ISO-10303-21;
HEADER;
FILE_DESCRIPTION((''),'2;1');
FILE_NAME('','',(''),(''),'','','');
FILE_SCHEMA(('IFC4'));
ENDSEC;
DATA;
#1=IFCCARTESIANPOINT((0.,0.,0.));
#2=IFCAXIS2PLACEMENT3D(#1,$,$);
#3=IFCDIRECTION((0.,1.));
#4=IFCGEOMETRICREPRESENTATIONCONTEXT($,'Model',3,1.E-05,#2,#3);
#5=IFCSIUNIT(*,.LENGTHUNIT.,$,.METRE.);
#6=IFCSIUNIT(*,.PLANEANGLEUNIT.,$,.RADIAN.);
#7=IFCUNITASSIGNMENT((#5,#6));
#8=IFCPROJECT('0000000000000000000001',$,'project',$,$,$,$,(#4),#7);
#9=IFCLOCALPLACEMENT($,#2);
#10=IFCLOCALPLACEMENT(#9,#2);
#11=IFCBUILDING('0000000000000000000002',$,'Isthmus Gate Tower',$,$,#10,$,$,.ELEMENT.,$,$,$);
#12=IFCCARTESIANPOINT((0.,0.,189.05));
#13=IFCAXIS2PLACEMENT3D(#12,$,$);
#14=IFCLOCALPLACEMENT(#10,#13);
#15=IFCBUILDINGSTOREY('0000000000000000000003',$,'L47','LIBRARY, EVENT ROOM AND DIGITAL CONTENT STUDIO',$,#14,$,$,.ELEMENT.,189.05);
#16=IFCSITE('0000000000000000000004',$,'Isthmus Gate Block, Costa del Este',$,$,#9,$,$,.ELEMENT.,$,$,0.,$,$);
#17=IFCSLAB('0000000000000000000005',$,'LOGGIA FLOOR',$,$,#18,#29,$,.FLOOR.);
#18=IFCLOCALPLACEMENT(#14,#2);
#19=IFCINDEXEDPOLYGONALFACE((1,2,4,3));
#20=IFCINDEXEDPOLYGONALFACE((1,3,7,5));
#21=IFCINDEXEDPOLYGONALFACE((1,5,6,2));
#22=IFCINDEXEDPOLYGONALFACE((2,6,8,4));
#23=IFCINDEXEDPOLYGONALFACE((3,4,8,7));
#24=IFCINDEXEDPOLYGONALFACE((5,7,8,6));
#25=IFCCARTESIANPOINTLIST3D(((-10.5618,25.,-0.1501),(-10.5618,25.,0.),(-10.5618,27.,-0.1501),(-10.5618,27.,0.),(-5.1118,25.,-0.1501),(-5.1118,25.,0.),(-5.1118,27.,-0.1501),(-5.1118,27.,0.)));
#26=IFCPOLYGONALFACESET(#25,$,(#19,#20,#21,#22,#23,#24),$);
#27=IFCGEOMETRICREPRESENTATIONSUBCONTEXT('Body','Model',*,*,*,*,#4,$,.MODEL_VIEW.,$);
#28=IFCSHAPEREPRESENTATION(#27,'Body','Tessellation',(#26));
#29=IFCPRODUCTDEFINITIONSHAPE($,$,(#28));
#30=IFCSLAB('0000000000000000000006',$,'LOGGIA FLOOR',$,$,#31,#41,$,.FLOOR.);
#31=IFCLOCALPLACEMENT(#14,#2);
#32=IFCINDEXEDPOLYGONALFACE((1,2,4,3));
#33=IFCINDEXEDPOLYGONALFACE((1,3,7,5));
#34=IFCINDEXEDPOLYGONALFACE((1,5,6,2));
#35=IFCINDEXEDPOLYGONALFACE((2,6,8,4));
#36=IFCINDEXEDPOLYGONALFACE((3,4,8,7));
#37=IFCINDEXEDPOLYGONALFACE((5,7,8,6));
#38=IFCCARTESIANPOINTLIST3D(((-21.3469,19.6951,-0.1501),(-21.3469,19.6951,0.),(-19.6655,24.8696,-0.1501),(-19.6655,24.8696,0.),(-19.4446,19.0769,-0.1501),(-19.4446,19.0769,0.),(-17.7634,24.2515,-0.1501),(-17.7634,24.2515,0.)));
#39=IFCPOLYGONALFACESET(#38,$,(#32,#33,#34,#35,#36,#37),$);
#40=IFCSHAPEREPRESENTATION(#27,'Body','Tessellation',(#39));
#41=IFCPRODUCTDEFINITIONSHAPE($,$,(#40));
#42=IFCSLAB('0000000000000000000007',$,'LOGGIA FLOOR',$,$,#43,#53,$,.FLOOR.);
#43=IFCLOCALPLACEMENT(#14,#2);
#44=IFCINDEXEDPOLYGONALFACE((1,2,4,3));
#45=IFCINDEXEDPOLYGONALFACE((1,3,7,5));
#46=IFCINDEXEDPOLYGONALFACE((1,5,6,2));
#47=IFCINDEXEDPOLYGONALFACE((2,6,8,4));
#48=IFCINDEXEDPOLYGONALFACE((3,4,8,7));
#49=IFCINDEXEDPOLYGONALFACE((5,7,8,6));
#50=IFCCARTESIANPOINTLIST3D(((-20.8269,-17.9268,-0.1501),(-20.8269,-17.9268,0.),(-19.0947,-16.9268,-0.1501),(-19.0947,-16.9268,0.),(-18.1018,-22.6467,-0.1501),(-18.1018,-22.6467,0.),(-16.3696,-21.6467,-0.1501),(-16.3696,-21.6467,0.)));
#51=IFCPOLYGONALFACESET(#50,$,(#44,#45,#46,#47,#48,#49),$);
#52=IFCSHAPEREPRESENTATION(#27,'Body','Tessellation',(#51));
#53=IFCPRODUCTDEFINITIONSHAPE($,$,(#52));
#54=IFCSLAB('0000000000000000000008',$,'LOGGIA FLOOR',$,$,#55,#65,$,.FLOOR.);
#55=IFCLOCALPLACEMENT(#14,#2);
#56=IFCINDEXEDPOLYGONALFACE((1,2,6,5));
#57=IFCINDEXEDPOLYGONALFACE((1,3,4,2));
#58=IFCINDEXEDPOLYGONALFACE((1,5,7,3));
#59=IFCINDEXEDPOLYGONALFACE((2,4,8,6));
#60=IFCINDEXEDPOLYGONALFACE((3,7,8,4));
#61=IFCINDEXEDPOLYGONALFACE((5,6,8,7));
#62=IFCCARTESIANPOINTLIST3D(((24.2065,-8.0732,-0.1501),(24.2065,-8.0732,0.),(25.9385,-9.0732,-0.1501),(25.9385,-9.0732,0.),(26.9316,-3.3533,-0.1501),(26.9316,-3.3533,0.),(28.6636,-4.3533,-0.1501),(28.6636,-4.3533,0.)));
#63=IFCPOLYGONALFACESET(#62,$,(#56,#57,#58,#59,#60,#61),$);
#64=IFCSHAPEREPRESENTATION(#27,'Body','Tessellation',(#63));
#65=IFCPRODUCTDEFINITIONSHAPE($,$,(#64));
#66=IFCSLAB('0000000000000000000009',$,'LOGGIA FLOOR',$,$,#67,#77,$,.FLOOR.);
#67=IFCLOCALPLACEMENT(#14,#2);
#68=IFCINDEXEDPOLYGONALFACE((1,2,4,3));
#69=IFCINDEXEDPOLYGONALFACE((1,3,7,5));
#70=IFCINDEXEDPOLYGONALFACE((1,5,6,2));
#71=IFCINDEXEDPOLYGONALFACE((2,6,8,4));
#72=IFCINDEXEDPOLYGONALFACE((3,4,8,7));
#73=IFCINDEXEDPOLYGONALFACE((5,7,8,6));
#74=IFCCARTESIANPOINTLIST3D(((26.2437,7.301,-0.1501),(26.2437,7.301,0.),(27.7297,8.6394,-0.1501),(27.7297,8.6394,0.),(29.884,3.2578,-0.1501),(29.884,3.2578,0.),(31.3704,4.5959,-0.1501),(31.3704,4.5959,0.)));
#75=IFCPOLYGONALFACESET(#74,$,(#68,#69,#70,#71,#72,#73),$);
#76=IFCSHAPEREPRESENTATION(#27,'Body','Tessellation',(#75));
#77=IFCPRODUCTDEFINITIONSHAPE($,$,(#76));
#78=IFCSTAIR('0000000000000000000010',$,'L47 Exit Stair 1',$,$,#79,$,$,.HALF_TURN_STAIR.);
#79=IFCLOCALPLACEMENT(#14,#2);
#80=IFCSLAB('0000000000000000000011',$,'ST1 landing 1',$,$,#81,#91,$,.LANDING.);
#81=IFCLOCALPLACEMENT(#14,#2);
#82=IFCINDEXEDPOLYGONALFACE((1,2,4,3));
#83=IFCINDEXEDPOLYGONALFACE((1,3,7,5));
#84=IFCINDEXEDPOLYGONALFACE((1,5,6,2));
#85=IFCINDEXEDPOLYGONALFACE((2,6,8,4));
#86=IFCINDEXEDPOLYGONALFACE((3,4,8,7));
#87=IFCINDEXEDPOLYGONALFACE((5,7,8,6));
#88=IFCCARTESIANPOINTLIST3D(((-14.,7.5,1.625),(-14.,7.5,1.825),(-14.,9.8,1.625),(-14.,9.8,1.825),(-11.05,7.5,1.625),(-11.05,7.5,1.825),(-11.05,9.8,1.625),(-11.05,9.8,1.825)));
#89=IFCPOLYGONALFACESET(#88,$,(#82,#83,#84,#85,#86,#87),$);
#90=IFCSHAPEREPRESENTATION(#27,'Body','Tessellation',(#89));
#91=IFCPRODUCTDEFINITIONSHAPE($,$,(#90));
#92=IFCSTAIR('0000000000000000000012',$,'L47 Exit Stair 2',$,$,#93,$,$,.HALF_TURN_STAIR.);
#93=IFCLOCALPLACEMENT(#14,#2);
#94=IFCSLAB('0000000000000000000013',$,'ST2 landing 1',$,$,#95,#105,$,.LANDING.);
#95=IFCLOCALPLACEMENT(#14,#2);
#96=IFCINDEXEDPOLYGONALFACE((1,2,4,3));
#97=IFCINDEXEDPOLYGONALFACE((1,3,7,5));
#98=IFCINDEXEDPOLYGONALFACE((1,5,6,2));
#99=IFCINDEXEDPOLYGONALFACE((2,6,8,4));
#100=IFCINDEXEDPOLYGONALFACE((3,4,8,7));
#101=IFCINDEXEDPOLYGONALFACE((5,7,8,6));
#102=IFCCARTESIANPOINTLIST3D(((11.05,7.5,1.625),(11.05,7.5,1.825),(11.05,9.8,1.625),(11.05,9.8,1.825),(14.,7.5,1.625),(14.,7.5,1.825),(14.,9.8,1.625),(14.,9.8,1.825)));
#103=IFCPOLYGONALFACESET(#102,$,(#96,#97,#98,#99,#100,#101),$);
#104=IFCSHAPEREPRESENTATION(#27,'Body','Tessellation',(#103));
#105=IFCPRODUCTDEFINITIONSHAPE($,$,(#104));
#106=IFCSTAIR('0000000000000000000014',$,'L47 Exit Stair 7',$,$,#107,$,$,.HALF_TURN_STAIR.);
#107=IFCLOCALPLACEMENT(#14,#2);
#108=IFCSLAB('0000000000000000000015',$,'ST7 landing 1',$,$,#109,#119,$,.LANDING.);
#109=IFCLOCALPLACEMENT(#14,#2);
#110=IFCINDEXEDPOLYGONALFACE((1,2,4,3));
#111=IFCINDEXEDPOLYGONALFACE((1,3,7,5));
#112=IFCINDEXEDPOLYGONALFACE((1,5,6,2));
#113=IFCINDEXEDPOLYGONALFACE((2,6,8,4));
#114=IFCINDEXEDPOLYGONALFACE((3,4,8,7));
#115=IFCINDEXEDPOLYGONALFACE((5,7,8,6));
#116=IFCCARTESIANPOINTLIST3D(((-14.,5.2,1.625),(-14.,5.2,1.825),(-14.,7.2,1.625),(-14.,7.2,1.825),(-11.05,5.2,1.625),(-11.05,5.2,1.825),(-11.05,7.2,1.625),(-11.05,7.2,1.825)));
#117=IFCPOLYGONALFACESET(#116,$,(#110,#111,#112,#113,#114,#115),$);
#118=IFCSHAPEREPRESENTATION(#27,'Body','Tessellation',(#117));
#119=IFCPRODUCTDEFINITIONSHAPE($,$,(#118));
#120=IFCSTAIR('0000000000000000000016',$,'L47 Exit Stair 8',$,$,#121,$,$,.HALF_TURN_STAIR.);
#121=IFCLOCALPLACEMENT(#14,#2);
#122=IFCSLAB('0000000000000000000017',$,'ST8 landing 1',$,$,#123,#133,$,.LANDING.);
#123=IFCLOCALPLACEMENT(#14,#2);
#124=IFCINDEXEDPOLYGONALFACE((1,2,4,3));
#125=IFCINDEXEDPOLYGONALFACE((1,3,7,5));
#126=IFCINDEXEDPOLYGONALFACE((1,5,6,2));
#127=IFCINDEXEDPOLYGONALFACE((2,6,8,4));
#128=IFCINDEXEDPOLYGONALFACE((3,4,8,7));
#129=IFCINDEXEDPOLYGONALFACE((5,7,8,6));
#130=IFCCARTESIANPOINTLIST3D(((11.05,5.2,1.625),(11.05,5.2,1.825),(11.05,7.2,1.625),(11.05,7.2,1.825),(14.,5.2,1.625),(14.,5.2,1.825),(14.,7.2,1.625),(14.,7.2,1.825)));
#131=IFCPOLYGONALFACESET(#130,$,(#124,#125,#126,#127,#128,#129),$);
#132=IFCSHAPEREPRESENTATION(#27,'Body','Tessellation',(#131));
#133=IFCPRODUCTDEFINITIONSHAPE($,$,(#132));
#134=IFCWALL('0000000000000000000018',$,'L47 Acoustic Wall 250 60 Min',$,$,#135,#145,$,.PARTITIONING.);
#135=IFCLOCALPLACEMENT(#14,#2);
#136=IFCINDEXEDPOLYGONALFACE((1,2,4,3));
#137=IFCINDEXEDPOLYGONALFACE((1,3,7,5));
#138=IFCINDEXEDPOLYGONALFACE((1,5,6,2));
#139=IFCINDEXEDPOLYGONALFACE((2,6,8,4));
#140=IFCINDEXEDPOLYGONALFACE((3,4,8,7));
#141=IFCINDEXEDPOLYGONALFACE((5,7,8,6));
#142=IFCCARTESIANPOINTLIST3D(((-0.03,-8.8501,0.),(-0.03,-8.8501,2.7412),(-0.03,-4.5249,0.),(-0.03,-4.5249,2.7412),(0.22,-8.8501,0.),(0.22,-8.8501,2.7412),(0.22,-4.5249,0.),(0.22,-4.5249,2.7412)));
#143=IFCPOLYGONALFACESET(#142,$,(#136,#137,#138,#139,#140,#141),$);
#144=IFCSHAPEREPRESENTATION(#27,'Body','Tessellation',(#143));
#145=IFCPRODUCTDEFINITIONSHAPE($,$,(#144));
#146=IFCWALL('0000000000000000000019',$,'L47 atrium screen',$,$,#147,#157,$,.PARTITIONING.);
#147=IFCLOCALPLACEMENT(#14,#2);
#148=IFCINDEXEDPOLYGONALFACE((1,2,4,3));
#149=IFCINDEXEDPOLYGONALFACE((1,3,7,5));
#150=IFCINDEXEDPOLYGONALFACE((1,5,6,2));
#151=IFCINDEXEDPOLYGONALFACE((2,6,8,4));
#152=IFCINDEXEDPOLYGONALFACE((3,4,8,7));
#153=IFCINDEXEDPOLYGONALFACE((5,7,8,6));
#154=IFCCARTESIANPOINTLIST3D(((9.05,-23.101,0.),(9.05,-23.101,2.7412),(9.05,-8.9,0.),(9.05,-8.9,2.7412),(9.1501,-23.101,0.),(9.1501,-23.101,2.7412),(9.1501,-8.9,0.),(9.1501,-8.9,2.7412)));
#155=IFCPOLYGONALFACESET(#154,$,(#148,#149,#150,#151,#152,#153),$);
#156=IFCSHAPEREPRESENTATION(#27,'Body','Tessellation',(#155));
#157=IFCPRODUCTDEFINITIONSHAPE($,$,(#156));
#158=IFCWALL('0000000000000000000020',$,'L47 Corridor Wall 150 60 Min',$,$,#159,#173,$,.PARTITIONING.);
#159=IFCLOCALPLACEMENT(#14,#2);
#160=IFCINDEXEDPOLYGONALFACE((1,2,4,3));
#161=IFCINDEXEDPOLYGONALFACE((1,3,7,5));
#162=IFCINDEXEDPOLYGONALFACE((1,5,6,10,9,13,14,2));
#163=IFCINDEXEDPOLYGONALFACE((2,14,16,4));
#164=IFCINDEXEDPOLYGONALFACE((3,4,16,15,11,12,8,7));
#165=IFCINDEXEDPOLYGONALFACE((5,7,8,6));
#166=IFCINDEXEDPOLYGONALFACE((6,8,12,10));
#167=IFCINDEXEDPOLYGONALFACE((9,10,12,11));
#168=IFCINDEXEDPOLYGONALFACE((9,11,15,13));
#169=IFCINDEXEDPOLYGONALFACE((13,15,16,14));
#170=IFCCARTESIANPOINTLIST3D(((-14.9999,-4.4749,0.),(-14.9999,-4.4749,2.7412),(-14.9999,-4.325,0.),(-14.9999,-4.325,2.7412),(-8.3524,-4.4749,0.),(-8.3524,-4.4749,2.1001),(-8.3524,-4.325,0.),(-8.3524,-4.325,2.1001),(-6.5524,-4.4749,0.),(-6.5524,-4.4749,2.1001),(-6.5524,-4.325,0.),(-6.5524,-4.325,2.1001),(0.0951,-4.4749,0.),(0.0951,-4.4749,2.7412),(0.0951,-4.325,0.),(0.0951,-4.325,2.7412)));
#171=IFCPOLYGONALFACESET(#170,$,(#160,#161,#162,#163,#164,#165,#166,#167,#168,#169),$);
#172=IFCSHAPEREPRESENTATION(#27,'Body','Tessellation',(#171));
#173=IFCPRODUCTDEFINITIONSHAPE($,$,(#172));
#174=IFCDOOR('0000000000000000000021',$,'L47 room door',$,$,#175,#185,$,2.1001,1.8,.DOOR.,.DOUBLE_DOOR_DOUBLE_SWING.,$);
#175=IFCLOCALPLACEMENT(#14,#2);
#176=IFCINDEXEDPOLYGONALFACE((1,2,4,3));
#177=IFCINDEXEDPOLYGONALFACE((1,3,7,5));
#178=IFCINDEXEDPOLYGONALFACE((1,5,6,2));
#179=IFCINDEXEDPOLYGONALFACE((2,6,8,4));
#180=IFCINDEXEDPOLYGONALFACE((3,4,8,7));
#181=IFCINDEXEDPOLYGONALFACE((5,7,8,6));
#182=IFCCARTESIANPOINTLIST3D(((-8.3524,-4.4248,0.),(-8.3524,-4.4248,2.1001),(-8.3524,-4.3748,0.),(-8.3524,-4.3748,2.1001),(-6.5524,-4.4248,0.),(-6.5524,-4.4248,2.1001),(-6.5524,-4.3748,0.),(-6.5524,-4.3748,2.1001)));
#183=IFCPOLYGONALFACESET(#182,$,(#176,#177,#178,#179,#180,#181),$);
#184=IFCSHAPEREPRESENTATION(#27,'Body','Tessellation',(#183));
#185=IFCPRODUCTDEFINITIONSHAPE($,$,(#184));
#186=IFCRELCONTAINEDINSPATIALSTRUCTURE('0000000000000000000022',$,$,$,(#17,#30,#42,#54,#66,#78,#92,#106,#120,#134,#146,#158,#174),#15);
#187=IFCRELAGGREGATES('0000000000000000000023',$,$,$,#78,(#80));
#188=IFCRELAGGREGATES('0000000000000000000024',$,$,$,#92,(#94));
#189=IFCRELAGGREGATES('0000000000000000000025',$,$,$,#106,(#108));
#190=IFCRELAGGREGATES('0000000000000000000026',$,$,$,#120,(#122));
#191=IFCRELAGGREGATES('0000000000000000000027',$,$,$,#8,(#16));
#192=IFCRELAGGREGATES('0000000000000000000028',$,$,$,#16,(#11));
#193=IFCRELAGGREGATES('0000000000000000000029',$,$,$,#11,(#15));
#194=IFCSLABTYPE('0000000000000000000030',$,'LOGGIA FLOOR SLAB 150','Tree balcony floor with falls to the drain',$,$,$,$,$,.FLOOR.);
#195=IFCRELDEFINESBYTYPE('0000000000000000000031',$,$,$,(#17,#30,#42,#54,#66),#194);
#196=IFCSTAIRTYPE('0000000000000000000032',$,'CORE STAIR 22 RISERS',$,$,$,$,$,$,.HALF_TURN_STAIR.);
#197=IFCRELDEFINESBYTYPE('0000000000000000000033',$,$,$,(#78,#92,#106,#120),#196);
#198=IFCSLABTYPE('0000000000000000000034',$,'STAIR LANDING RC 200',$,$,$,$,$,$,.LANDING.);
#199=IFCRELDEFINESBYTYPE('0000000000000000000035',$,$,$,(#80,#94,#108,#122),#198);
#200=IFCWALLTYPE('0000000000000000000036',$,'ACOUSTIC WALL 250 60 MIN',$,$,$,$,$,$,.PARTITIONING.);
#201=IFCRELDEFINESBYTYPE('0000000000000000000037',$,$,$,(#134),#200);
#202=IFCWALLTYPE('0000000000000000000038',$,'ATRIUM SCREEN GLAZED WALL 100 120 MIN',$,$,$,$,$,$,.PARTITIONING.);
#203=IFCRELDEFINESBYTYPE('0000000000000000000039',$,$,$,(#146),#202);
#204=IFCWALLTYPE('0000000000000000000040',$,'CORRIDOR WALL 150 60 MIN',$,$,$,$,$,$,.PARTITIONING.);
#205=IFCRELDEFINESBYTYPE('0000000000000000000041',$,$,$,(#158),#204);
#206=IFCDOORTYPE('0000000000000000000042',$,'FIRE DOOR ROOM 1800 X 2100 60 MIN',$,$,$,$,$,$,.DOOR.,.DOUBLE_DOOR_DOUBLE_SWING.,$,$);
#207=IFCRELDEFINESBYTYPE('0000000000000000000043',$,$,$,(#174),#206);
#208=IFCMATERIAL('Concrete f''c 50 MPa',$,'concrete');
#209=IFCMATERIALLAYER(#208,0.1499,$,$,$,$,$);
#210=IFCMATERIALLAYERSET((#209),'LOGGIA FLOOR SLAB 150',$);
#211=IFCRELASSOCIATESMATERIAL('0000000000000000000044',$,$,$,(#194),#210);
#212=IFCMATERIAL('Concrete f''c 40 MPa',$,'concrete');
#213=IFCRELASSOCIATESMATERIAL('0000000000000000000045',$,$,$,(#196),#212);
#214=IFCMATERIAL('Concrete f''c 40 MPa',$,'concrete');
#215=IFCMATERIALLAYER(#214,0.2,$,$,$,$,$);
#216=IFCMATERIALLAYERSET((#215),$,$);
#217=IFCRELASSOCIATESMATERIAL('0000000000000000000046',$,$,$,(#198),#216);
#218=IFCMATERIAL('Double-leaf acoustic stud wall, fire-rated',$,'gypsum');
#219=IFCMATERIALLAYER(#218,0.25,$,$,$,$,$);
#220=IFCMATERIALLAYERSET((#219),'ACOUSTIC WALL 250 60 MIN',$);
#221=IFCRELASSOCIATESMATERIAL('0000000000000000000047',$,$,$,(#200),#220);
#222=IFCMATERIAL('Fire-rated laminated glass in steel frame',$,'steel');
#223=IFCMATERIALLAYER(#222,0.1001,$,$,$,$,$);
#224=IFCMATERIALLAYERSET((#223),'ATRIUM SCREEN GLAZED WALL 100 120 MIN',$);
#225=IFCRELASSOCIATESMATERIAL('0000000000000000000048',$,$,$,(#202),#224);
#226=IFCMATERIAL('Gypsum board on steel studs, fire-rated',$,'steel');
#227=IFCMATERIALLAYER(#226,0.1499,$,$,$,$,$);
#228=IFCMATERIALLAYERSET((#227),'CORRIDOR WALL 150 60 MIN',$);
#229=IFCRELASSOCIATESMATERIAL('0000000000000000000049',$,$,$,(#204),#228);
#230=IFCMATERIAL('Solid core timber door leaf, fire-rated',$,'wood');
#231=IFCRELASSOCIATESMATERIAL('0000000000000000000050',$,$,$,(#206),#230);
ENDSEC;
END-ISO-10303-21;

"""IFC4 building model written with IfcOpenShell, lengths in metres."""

from ifc_helpers import new_model, si_unit, direction, frame, frame_2d, origin, place, context, subcontext, project, spatial, polyline, rectangle, outline, extrude, material, layer, layer_set, type_object, element, fill, aggregate, save


model = new_model("IFC4")

# Units and contexts
model_context = context("Model", 3, precision=1e-05, world=origin(), true_north=direction((0.0, 1.0)))
body_context = subcontext(model_context, "Body", "Model", "MODEL_VIEW")
ifc_project = project(units=[si_unit("LENGTHUNIT", "METRE"), si_unit("PLANEANGLEUNIT", "RADIAN")], contexts=[model_context])

# Site, building, storey
site_placement = place(None, origin())
site = spatial("IfcSite", under=ifc_project, at=site_placement, Name="Isthmus Gate Block, Costa del Este", CompositionType="ELEMENT", RefElevation=0.0)
building_placement = place(site_placement, origin())
building = spatial("IfcBuilding", under=site, at=building_placement, Name="Isthmus Gate Tower", CompositionType="ELEMENT")
storey_placement = place(building_placement, frame((0.0, 0.0, 189.05)))
storey = spatial("IfcBuildingStorey", under=building, at=storey_placement, Name="L47", Description="LIBRARY, EVENT ROOM AND DIGITAL CONTENT STUDIO", CompositionType="ELEMENT", Elevation=189.05)

# Slabs
ifc_material_1 = material(Name="Concrete f'c 50 MPa", Category="concrete")
ifc_layer_1 = layer(ifc_material_1, 0.1499)
ifc_layer_set_1 = layer_set([ifc_layer_1], Name="LOGGIA FLOOR SLAB 150")
slab_type_1 = type_object("IfcSlabType", Name="LOGGIA FLOOR SLAB 150", Description="Tree balcony floor with falls to the drain", PredefinedType="FLOOR", material=ifc_layer_set_1)
slab_1_placement = place(storey_placement, frame((0.0, 0.0, -0.1501)))
element("IfcSlab", 1, at=slab_1_placement, inside=storey, type_object=slab_type_1, Name="LOGGIA FLOOR", PredefinedType="FLOOR", context=body_context, shape_type="SweptSolid", body=[
    extrude(outline(polyline([(-5.1118, 27.0), (-10.5618, 27.0), (-10.5618, 25.0), (-5.1118, 25.0), (-5.1118, 27.0)])), origin(), (0.0, 0.0, 1.0), 0.1501),
])
slab_2_placement = place(storey_placement, frame((0.0, 0.0, -0.1501)))
element("IfcSlab", 2, at=slab_2_placement, inside=storey, type_object=slab_type_1, Name="LOGGIA FLOOR", PredefinedType="FLOOR", context=body_context, shape_type="SweptSolid", body=[
    extrude(outline(polyline([(-19.6655, 24.8696), (-21.3469, 19.6951), (-19.4446, 19.0769), (-17.7634, 24.2515), (-19.6655, 24.8696)])), origin(), (0.0, 0.0, 1.0), 0.1501),
])
slab_3_placement = place(storey_placement, frame((0.0, 0.0, -0.1501)))
element("IfcSlab", 3, at=slab_3_placement, inside=storey, type_object=slab_type_1, Name="LOGGIA FLOOR", PredefinedType="FLOOR", context=body_context, shape_type="SweptSolid", body=[
    extrude(outline(polyline([(-20.8269, -17.9268), (-18.1018, -22.6467), (-16.3696, -21.6467), (-19.0947, -16.9268), (-20.8269, -17.9268)])), origin(), (0.0, 0.0, 1.0), 0.1501),
])
slab_4_placement = place(storey_placement, frame((0.0, 0.0, -0.1501)))
element("IfcSlab", 4, at=slab_4_placement, inside=storey, type_object=slab_type_1, Name="LOGGIA FLOOR", PredefinedType="FLOOR", context=body_context, shape_type="SweptSolid", body=[
    extrude(outline(polyline([(25.9385, -9.0732), (28.6636, -4.3533), (26.9316, -3.3533), (24.2065, -8.0732), (25.9385, -9.0732)])), origin(), (0.0, 0.0, 1.0), 0.1501),
])
slab_5_placement = place(storey_placement, frame((0.0, 0.0, -0.1501)))
element("IfcSlab", 5, at=slab_5_placement, inside=storey, type_object=slab_type_1, Name="LOGGIA FLOOR", PredefinedType="FLOOR", context=body_context, shape_type="SweptSolid", body=[
    extrude(outline(polyline([(31.3704, 4.5959), (27.7297, 8.6394), (26.2437, 7.301), (29.884, 3.2578), (31.3704, 4.5959)])), origin(), (0.0, 0.0, 1.0), 0.1501),
])

# Stairs, slabs
ifc_material_2 = material(Name="Concrete f'c 40 MPa", Category="concrete")
stair_type = type_object("IfcStairType", Name="CORE STAIR 22 RISERS", PredefinedType="HALF_TURN_STAIR", material=ifc_material_2)
stair_1_placement = place(storey_placement, origin())
stair_1 = element("IfcStair", 6, at=stair_1_placement, inside=storey, type_object=stair_type, Name="L47 Exit Stair 1", PredefinedType="HALF_TURN_STAIR")
ifc_material_3 = material(Name="Concrete f'c 40 MPa", Category="concrete")
ifc_layer_2 = layer(ifc_material_3, 0.2)
ifc_layer_set_2 = layer_set([ifc_layer_2])
slab_type_2 = type_object("IfcSlabType", Name="STAIR LANDING RC 200", PredefinedType="LANDING", material=ifc_layer_set_2)
slab_6_placement = place(storey_placement, frame((0.0, 0.0, 1.625)))
slab_6 = element("IfcSlab", 7, at=slab_6_placement, type_object=slab_type_2, Name="ST1 landing 1", PredefinedType="LANDING", context=body_context, shape_type="SweptSolid", body=[
    extrude(outline(polyline([(-14.0, 9.8), (-14.0, 7.5), (-11.05, 7.5), (-11.05, 9.8), (-14.0, 9.8)])), origin(), (0.0, 0.0, 1.0), 0.2),
])
aggregate(stair_1, [slab_6])
stair_2_placement = place(storey_placement, origin())
stair_2 = element("IfcStair", 8, at=stair_2_placement, inside=storey, type_object=stair_type, Name="L47 Exit Stair 2", PredefinedType="HALF_TURN_STAIR")
slab_7_placement = place(storey_placement, frame((0.0, 0.0, 1.625)))
slab_7 = element("IfcSlab", 9, at=slab_7_placement, type_object=slab_type_2, Name="ST2 landing 1", PredefinedType="LANDING", context=body_context, shape_type="SweptSolid", body=[
    extrude(outline(polyline([(11.05, 9.8), (11.05, 7.5), (14.0, 7.5), (14.0, 9.8), (11.05, 9.8)])), origin(), (0.0, 0.0, 1.0), 0.2),
])
aggregate(stair_2, [slab_7])
stair_3_placement = place(storey_placement, origin())
stair_3 = element("IfcStair", 10, at=stair_3_placement, inside=storey, type_object=stair_type, Name="L47 Exit Stair 7", PredefinedType="HALF_TURN_STAIR")
slab_8_placement = place(storey_placement, frame((0.0, 0.0, 1.625)))
slab_8 = element("IfcSlab", 11, at=slab_8_placement, type_object=slab_type_2, Name="ST7 landing 1", PredefinedType="LANDING", context=body_context, shape_type="SweptSolid", body=[
    extrude(outline(polyline([(-11.05, 5.2), (-11.05, 7.2), (-14.0, 7.2), (-14.0, 5.2), (-11.05, 5.2)])), origin(), (0.0, 0.0, 1.0), 0.2),
])
aggregate(stair_3, [slab_8])
stair_4_placement = place(storey_placement, origin())
stair_4 = element("IfcStair", 12, at=stair_4_placement, inside=storey, type_object=stair_type, Name="L47 Exit Stair 8", PredefinedType="HALF_TURN_STAIR")
slab_9_placement = place(storey_placement, frame((0.0, 0.0, 1.625)))
slab_9 = element("IfcSlab", 13, at=slab_9_placement, type_object=slab_type_2, Name="ST8 landing 1", PredefinedType="LANDING", context=body_context, shape_type="SweptSolid", body=[
    extrude(outline(polyline([(14.0, 5.2), (14.0, 7.2), (11.05, 7.2), (11.05, 5.2), (14.0, 5.2)])), origin(), (0.0, 0.0, 1.0), 0.2),
])
aggregate(stair_4, [slab_9])

# Walls
ifc_material_4 = material(Name="Double-leaf acoustic stud wall, fire-rated", Category="gypsum")
ifc_layer_3 = layer(ifc_material_4, 0.25)
ifc_layer_set_3 = layer_set([ifc_layer_3], Name="ACOUSTIC WALL 250 60 MIN")
wall_type_1 = type_object("IfcWallType", Name="ACOUSTIC WALL 250 60 MIN", PredefinedType="PARTITIONING", material=ifc_layer_set_3)
wall_1_placement = place(storey_placement, frame((0.095, -8.8501, 0.0), z_axis=(0.0, 0.0, 1.0), x_axis=(0.0, 1.0, 0.0)))
element("IfcWall", 14, at=wall_1_placement, inside=storey, type_object=wall_type_1, Name="L47 Acoustic Wall 250 60 Min", PredefinedType="PARTITIONING", context=body_context, shape_type="SweptSolid", body=[
    extrude(rectangle(XDim=4.3252, YDim=0.25, at=frame_2d((2.1626, 0.0))), origin(), (0.0, 0.0, 1.0), 2.7412),
])
ifc_material_5 = material(Name="Fire-rated laminated glass in steel frame", Category="steel")
ifc_layer_4 = layer(ifc_material_5, 0.1001)
ifc_layer_set_4 = layer_set([ifc_layer_4], Name="ATRIUM SCREEN GLAZED WALL 100 120 MIN")
wall_type_2 = type_object("IfcWallType", Name="ATRIUM SCREEN GLAZED WALL 100 120 MIN", PredefinedType="PARTITIONING", material=ifc_layer_set_4)
wall_2_placement = place(storey_placement, frame((9.1001, -8.8999, 0.0), z_axis=(0.0, 0.0, 1.0), x_axis=(0.0, -1.0, 0.0)))
element("IfcWall", 15, at=wall_2_placement, inside=storey, type_object=wall_type_2, Name="L47 atrium screen", PredefinedType="PARTITIONING", context=body_context, shape_type="SweptSolid", body=[
    extrude(rectangle(XDim=14.2009, YDim=0.1001, at=frame_2d((7.1006, 0.0))), origin(), (0.0, 0.0, 1.0), 2.7412),
])

# Wall, opening, door
ifc_material_6 = material(Name="Gypsum board on steel studs, fire-rated", Category="steel")
ifc_layer_5 = layer(ifc_material_6, 0.1499)
ifc_layer_set_5 = layer_set([ifc_layer_5], Name="CORRIDOR WALL 150 60 MIN")
wall_type_3 = type_object("IfcWallType", Name="CORRIDOR WALL 150 60 MIN", PredefinedType="PARTITIONING", material=ifc_layer_set_5)
wall_3_placement = place(storey_placement, frame((0.095, -4.3999, 0.0), z_axis=(0.0, 0.0, 1.0), x_axis=(-1.0, 0.0, 0.0)))
wall_3 = element("IfcWall", 16, at=wall_3_placement, inside=storey, type_object=wall_type_3, Name="L47 Corridor Wall 150 60 Min", PredefinedType="PARTITIONING", context=body_context, shape_type="SweptSolid", body=[
    extrude(rectangle(XDim=15.095, YDim=0.1499, at=frame_2d((7.5474, 0.0))), origin(), (0.0, 0.0, 1.0), 2.7412),
])
opening_placement = place(wall_3_placement, frame((6.6475, 0.0, 0.0)))
opening = element("IfcOpeningElement", 17, at=opening_placement, cuts=wall_3, PredefinedType="OPENING", context=body_context, shape_type="SweptSolid", body=[
    extrude(rectangle(XDim=1.8, YDim=2.1001, at=frame_2d((0.8999, 1.05))), frame((0.0, 0.085, 0.0), z_axis=(0.0, -1.0, 0.0), x_axis=(1.0, 0.0, 0.0)), (0.0, 0.0, 1.0), 0.1699),
])
ifc_material_7 = material(Name="Solid core timber door leaf, fire-rated", Category="wood")
door_type = type_object("IfcDoorType", Name="FIRE DOOR ROOM 1800 X 2100 60 MIN", OperationType="DOUBLE_DOOR_DOUBLE_SWING", PredefinedType="DOOR", material=ifc_material_7)
door_placement = place(opening_placement, origin())
door = element("IfcDoor", 18, at=door_placement, inside=storey, type_object=door_type, Name="L47 room door", OperationType="DOUBLE_DOOR_DOUBLE_SWING", OverallHeight=2.1001, OverallWidth=1.8, PredefinedType="DOOR", context=body_context, shape_type="SweptSolid", body=[
    extrude(rectangle(XDim=1.8, YDim=2.1001, at=frame_2d((0.8999, 1.05))), frame((0.0, 0.0249, 0.0), z_axis=(0.0, -1.0, 0.0), x_axis=(1.0, 0.0, 0.0)), (0.0, 0.0, 1.0), 0.05),
])
fill(opening, door)

save(model, "model.ifc")
